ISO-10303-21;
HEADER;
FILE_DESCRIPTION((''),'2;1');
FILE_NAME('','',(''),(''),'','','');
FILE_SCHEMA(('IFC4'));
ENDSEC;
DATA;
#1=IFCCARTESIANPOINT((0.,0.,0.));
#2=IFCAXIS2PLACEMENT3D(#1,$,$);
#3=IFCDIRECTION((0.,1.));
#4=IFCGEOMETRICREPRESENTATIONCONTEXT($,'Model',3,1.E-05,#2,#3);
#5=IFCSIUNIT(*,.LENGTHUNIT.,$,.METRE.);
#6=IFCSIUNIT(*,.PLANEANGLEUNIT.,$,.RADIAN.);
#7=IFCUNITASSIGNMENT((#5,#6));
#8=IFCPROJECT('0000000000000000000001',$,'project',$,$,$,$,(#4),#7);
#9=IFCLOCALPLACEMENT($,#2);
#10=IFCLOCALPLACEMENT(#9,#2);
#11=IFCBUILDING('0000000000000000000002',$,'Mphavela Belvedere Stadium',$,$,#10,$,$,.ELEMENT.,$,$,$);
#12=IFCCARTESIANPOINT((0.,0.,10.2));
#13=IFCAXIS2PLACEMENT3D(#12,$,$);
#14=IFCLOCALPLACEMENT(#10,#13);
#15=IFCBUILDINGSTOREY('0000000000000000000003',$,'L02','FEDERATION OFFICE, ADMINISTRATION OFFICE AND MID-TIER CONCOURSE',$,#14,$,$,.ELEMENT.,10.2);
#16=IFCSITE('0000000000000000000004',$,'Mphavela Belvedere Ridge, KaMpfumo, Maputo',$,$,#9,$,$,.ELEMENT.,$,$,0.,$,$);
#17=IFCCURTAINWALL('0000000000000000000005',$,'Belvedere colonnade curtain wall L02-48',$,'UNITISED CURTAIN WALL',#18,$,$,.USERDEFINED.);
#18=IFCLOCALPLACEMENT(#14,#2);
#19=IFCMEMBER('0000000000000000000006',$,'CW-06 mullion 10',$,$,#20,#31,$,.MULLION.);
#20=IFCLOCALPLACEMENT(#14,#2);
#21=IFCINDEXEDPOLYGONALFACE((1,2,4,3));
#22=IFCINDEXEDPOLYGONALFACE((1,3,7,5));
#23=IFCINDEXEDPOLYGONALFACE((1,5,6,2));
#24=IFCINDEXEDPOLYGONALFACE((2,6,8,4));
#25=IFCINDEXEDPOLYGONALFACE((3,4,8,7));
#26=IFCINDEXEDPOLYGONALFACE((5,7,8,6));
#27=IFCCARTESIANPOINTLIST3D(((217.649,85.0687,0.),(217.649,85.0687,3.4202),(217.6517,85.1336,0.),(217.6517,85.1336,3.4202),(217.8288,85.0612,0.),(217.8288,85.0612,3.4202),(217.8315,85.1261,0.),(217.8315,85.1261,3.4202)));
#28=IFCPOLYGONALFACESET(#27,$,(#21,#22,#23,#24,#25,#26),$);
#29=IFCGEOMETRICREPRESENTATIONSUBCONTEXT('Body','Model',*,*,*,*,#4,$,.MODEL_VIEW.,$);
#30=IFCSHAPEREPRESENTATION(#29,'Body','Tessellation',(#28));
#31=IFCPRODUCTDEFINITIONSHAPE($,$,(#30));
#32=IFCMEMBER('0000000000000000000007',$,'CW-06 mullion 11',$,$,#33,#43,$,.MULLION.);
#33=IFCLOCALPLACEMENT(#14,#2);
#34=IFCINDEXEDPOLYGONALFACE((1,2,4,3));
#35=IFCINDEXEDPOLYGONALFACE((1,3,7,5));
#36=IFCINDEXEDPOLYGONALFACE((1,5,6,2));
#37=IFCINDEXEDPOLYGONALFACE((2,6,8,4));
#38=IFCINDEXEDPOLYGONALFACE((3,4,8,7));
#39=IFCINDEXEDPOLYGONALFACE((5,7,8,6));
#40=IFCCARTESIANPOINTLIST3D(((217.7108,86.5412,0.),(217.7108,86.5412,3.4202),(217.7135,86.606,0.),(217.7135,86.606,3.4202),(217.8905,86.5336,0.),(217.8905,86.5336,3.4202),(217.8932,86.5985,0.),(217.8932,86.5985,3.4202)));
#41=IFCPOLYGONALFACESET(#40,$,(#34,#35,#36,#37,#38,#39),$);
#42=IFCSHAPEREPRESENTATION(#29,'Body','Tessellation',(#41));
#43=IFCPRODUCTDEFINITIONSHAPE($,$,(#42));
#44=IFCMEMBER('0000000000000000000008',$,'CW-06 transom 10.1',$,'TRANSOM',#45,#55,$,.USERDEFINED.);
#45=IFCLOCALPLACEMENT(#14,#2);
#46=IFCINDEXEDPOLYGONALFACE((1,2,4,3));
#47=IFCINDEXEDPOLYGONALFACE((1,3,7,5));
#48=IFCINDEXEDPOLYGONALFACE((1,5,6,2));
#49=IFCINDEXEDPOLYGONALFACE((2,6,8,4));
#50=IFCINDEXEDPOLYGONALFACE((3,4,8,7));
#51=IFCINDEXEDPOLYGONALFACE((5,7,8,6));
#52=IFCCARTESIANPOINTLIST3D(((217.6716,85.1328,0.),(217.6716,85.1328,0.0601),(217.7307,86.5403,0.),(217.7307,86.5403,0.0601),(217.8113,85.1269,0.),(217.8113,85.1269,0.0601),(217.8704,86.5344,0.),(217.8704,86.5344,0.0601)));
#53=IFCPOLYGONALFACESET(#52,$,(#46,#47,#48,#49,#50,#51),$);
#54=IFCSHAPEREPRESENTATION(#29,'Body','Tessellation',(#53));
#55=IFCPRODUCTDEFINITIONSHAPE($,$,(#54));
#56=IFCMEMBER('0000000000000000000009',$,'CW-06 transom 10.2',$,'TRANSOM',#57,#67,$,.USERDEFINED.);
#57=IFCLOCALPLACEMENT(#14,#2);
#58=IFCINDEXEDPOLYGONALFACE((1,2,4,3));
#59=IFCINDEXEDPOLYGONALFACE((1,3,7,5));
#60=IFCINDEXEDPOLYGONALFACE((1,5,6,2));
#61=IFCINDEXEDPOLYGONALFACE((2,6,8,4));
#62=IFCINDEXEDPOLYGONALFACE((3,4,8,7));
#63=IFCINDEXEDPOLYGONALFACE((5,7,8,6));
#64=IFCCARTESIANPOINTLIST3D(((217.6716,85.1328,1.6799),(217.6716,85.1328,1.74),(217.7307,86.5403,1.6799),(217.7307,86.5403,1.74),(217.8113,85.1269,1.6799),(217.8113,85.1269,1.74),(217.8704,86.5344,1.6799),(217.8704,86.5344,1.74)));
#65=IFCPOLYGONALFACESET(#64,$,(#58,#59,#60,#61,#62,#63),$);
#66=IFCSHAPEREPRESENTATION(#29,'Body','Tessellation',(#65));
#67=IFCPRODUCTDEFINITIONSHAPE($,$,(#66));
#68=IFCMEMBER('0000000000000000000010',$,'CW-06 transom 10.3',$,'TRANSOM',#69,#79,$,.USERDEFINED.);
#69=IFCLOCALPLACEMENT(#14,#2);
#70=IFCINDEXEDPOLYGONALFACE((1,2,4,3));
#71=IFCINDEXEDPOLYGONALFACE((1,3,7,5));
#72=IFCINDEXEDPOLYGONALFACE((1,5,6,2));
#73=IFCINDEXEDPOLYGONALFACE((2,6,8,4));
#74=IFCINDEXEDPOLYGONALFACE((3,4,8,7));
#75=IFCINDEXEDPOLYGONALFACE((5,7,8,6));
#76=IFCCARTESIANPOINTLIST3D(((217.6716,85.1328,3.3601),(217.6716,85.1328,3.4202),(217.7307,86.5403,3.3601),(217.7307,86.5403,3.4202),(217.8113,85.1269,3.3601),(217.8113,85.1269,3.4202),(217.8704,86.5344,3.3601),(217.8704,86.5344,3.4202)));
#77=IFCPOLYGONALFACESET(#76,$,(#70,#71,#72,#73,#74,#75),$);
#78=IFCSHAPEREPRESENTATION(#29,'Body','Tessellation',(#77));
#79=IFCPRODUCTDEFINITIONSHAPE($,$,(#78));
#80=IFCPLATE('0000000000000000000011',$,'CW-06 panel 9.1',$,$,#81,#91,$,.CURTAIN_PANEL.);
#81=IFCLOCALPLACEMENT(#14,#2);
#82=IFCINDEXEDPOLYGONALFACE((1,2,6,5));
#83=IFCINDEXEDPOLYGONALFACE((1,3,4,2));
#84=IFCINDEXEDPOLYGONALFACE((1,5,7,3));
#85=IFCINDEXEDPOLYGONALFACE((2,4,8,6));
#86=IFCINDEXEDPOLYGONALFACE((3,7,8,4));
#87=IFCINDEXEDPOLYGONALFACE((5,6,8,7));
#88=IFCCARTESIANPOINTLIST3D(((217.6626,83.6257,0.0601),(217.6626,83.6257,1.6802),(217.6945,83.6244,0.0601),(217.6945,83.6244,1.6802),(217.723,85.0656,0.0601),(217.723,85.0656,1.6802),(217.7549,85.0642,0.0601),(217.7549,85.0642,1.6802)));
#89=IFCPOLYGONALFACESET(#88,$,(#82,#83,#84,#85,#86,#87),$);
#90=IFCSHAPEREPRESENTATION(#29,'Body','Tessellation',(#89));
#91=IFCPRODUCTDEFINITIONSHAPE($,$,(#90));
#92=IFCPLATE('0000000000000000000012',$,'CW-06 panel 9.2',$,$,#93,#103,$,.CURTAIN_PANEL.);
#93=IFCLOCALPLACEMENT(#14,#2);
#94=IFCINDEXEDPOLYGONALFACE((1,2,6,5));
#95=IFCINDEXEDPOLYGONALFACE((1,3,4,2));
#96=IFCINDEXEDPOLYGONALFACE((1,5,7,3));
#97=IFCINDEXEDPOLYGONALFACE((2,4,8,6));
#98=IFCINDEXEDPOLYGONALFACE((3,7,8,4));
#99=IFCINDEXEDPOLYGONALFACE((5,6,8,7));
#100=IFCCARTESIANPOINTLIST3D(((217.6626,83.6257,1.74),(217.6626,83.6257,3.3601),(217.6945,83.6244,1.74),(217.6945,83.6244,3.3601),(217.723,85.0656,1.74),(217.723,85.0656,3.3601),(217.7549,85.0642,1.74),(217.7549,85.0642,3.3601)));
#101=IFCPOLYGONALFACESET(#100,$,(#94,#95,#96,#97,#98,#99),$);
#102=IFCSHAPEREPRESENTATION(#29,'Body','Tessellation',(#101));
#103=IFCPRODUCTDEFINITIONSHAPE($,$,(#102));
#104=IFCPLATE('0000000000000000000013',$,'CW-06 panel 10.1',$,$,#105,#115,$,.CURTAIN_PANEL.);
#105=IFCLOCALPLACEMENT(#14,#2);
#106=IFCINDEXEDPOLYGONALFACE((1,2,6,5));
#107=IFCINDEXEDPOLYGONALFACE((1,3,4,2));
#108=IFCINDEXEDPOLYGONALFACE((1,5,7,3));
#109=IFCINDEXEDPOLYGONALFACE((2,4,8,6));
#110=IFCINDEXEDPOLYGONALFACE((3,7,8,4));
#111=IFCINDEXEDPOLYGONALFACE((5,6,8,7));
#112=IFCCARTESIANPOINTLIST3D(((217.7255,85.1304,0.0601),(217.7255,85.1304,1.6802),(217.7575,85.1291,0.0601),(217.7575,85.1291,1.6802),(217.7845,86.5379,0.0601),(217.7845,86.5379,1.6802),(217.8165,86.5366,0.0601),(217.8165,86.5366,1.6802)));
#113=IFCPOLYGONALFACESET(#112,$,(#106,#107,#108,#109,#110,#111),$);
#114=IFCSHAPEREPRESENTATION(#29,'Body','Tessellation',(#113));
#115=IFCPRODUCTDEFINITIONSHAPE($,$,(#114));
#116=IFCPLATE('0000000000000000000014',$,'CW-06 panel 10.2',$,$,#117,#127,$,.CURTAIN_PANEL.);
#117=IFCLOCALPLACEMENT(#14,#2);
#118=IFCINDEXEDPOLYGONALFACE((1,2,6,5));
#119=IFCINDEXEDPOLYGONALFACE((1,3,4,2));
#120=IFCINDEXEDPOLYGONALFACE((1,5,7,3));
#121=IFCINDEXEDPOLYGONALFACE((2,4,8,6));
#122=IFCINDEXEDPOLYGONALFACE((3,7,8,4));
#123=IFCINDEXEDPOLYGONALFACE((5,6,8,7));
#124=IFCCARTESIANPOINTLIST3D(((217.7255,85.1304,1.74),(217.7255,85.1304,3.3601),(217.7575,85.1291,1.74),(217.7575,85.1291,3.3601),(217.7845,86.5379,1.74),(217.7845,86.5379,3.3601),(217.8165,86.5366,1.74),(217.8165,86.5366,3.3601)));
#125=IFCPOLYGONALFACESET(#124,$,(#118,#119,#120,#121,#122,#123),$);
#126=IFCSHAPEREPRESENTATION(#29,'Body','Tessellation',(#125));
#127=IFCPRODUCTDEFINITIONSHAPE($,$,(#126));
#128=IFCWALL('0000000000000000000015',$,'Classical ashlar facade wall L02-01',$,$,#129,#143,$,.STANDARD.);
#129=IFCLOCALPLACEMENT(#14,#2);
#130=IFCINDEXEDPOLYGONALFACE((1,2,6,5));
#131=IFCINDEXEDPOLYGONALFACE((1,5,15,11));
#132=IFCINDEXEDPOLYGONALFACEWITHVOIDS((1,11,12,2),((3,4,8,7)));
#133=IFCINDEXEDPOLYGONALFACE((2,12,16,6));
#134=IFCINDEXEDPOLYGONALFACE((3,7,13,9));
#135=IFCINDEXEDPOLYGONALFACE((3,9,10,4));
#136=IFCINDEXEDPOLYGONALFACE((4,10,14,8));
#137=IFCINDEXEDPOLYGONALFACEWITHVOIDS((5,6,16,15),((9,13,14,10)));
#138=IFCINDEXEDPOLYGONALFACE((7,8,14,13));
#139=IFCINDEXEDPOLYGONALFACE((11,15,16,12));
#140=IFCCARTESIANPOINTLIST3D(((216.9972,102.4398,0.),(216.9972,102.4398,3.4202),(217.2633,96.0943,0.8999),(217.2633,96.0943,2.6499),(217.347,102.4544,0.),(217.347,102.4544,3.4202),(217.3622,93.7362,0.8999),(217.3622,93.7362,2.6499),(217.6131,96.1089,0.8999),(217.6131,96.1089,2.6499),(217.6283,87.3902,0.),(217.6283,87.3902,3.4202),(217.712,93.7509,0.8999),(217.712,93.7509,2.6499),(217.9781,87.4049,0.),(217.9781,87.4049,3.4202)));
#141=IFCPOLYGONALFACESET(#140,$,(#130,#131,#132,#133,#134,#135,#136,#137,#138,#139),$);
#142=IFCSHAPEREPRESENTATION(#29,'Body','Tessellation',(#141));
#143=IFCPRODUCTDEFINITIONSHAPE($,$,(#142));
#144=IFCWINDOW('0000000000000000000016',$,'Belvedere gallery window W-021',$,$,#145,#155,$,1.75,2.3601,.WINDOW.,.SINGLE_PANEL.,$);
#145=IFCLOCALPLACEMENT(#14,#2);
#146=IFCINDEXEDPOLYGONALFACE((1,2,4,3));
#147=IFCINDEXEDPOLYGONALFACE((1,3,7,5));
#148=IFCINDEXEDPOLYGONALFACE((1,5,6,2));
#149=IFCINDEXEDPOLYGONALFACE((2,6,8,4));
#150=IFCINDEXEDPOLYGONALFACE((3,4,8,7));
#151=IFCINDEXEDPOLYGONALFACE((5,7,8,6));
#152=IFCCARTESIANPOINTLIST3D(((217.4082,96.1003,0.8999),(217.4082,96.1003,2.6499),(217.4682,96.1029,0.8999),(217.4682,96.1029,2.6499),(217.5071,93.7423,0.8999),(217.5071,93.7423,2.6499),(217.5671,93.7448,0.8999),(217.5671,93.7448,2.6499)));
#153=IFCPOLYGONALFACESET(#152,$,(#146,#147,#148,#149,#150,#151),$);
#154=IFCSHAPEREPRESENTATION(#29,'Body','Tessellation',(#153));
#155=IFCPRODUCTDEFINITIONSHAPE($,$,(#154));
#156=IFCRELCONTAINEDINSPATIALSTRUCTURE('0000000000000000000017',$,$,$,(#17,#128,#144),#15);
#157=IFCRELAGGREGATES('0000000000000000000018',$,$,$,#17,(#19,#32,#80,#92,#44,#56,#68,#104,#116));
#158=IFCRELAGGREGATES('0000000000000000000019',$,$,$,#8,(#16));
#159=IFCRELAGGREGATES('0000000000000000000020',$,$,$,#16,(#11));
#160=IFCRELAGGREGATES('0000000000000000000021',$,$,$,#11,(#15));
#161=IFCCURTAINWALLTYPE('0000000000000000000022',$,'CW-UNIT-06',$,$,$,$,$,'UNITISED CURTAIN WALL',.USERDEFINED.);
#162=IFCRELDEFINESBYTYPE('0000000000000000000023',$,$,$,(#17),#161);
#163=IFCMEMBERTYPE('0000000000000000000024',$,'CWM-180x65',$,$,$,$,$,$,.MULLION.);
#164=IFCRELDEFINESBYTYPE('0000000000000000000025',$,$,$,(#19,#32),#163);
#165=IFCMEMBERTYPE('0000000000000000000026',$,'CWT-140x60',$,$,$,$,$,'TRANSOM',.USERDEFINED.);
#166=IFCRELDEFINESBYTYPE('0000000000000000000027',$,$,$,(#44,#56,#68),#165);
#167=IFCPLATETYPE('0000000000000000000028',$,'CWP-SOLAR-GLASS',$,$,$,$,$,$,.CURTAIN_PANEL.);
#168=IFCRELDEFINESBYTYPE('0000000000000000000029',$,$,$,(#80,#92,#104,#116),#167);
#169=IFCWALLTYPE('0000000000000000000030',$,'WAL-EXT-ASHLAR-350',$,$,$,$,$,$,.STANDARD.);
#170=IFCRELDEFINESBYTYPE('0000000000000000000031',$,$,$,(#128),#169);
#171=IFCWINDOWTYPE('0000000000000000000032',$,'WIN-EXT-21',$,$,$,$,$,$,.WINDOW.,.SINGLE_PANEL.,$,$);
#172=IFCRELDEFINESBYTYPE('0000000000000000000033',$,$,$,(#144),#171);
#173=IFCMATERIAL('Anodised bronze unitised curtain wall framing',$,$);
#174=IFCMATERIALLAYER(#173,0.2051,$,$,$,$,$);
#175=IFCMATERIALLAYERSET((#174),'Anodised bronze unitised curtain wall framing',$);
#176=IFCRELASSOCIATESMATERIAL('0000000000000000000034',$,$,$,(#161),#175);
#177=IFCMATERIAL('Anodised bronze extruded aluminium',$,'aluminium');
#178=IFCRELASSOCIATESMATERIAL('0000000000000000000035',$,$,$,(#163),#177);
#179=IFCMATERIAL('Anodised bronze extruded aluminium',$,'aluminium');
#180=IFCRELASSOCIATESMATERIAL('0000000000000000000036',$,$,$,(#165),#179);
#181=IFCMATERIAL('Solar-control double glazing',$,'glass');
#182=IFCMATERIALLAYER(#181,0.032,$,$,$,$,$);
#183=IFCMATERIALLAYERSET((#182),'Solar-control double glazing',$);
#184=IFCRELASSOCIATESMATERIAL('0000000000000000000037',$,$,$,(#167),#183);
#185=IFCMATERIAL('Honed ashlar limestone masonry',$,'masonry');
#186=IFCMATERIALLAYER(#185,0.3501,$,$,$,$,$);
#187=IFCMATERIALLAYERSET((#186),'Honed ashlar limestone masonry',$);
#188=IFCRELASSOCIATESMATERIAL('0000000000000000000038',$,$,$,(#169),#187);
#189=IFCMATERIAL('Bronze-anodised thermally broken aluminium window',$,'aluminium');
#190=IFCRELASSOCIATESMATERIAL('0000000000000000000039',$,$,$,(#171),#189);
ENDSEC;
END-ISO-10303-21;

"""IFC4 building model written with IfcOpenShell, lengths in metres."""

from ifc_helpers import new_model, si_unit, direction, frame, frame_2d, origin, origin_2d, place, context, subcontext, project, spatial, rectangle, extrude, material, layer, layer_set, material_profile, profile_set, type_object, element, fill, aggregate, save


model = new_model("IFC4")

# Units and contexts
model_context = context("Model", 3, precision=1e-05, world=origin(), true_north=direction((0.0, 1.0)))
body_context = subcontext(model_context, "Body", "Model", "MODEL_VIEW")
ifc_project = project(units=[si_unit("LENGTHUNIT", "METRE"), si_unit("PLANEANGLEUNIT", "RADIAN")], contexts=[model_context])

# Site, building, storey
site_placement = place(None, origin())
site = spatial("IfcSite", under=ifc_project, at=site_placement, Name="Mphavela Belvedere Ridge, KaMpfumo, Maputo", CompositionType="ELEMENT", RefElevation=0.0)
building_placement = place(site_placement, origin())
building = spatial("IfcBuilding", under=site, at=building_placement, Name="Mphavela Belvedere Stadium", CompositionType="ELEMENT")
storey_placement = place(building_placement, frame((0.0, 0.0, 10.2)))
storey = spatial("IfcBuildingStorey", under=building, at=storey_placement, Name="L02", Description="FEDERATION OFFICE, ADMINISTRATION OFFICE AND MID-TIER CONCOURSE", CompositionType="ELEMENT", Elevation=10.2)

# Curtain wall, members, plates
ifc_material_1 = material(Name="Anodised bronze unitised curtain wall framing")
ifc_layer_1 = layer(ifc_material_1, 0.2051)
ifc_layer_set_1 = layer_set([ifc_layer_1], Name="Anodised bronze unitised curtain wall framing")
curtain_wall_type = type_object("IfcCurtainWallType", Name="CW-UNIT-06", ElementType="UNITISED CURTAIN WALL", PredefinedType="USERDEFINED", material=ifc_layer_set_1)
curtain_wall_placement = place(storey_placement, origin())
curtain_wall = element("IfcCurtainWall", 1, at=curtain_wall_placement, inside=storey, type_object=curtain_wall_type, Name="Belvedere colonnade curtain wall L02-48", ObjectType="UNITISED CURTAIN WALL", PredefinedType="USERDEFINED")
ifc_material_2 = material(Name="Anodised bronze extruded aluminium", Category="aluminium")
ifc_material_profile_1 = material_profile(ifc_material_2, rectangle(XDim=0.1799, YDim=0.0649, at=origin_2d()), Name="CW-MUL 180x65")
ifc_profile_set_1 = profile_set([ifc_material_profile_1], Name="Anodised bronze extruded aluminium")
member_type_1 = type_object("IfcMemberType", Name="CWM-180x65", PredefinedType="MULLION", material=ifc_profile_set_1)
member_1_placement = place(storey_placement, frame((217.7402, 85.0974, 0.0), z_axis=(0.0, 0.0, 1.0), x_axis=(-0.999122, 0.041904, 0.0)))
member_1 = element("IfcMember", 2, at=member_1_placement, type_object=member_type_1, Name="CW-06 mullion 10", PredefinedType="MULLION", context=body_context, shape_type="SweptSolid", body=[
    extrude(rectangle(XDim=0.1799, YDim=0.0649, at=origin_2d()), origin(), (0.0, 0.0, 1.0), 3.4202),
])
member_2_placement = place(storey_placement, frame((217.802, 86.5698, 0.0), z_axis=(0.0, 0.0, 1.0), x_axis=(-0.999122, 0.041904, 0.0)))
member_2 = element("IfcMember", 3, at=member_2_placement, type_object=member_type_1, Name="CW-06 mullion 11", PredefinedType="MULLION", context=body_context, shape_type="SweptSolid", body=[
    extrude(rectangle(XDim=0.1799, YDim=0.0649, at=origin_2d()), origin(), (0.0, 0.0, 1.0), 3.4202),
])
ifc_material_3 = material(Name="Anodised bronze extruded aluminium", Category="aluminium")
ifc_material_profile_2 = material_profile(ifc_material_3, rectangle(XDim=0.1399, YDim=0.0601, at=origin_2d()), Name="CW-TRN 140x60")
ifc_profile_set_2 = profile_set([ifc_material_profile_2], Name="Anodised bronze extruded aluminium")
member_type_2 = type_object("IfcMemberType", Name="CWT-140x60", ElementType="TRANSOM", PredefinedType="USERDEFINED", material=ifc_profile_set_2)
member_3_placement = place(storey_placement, frame((217.7415, 85.1299, 0.03), z_axis=(0.041941, 0.99912, 0.0), x_axis=(-0.99912, 0.041941, 0.0)))
member_3 = element("IfcMember", 4, at=member_3_placement, type_object=member_type_2, Name="CW-06 transom 10.1", ObjectType="TRANSOM", PredefinedType="USERDEFINED", context=body_context, shape_type="SweptSolid", body=[
    extrude(rectangle(XDim=0.1399, YDim=0.0601, at=origin_2d()), origin(), (0.0, 0.0, 1.0), 1.4087),
])
member_4_placement = place(storey_placement, frame((217.7415, 85.1299, 1.71), z_axis=(0.041941, 0.99912, 0.0), x_axis=(-0.99912, 0.041941, 0.0)))
member_4 = element("IfcMember", 5, at=member_4_placement, type_object=member_type_2, Name="CW-06 transom 10.2", ObjectType="TRANSOM", PredefinedType="USERDEFINED", context=body_context, shape_type="SweptSolid", body=[
    extrude(rectangle(XDim=0.1399, YDim=0.0601, at=origin_2d()), origin(), (0.0, 0.0, 1.0), 1.4087),
])
member_5_placement = place(storey_placement, frame((217.7415, 85.1299, 3.3901), z_axis=(0.041941, 0.99912, 0.0), x_axis=(-0.99912, 0.041941, 0.0)))
member_5 = element("IfcMember", 6, at=member_5_placement, type_object=member_type_2, Name="CW-06 transom 10.3", ObjectType="TRANSOM", PredefinedType="USERDEFINED", context=body_context, shape_type="SweptSolid", body=[
    extrude(rectangle(XDim=0.1399, YDim=0.0601, at=origin_2d()), origin(), (0.0, 0.0, 1.0), 1.4087),
])
ifc_material_4 = material(Name="Solar-control double glazing", Category="glass")
ifc_layer_2 = layer(ifc_material_4, 0.032)
ifc_layer_set_2 = layer_set([ifc_layer_2], Name="Solar-control double glazing")
plate_type = type_object("IfcPlateType", Name="CWP-SOLAR-GLASS", PredefinedType="CURTAIN_PANEL", material=ifc_layer_set_2)
plate_1_placement = place(storey_placement, frame((217.7087, 84.345, 0.0601), z_axis=(0.0, 0.0, 1.0), x_axis=(0.041904, 0.999122, 0.0)))
plate_1 = element("IfcPlate", 7, at=plate_1_placement, type_object=plate_type, Name="CW-06 panel 9.1", PredefinedType="CURTAIN_PANEL", context=body_context, shape_type="SweptSolid", body=[
    extrude(rectangle(XDim=1.4412, YDim=0.032, at=origin_2d()), origin(), (0.0, 0.0, 1.0), 1.6201),
])
plate_2_placement = place(storey_placement, frame((217.7087, 84.345, 1.74), z_axis=(0.0, 0.0, 1.0), x_axis=(0.041904, 0.999122, 0.0)))
plate_2 = element("IfcPlate", 8, at=plate_2_placement, type_object=plate_type, Name="CW-06 panel 9.2", PredefinedType="CURTAIN_PANEL", context=body_context, shape_type="SweptSolid", body=[
    extrude(rectangle(XDim=1.4412, YDim=0.032, at=origin_2d()), origin(), (0.0, 0.0, 1.0), 1.6201),
])
plate_3_placement = place(storey_placement, frame((217.771, 85.8335, 0.0601), z_axis=(0.0, 0.0, 1.0), x_axis=(0.041904, 0.999122, 0.0)))
plate_3 = element("IfcPlate", 9, at=plate_3_placement, type_object=plate_type, Name="CW-06 panel 10.1", PredefinedType="CURTAIN_PANEL", context=body_context, shape_type="SweptSolid", body=[
    extrude(rectangle(XDim=1.4087, YDim=0.032, at=origin_2d()), origin(), (0.0, 0.0, 1.0), 1.6201),
])
plate_4_placement = place(storey_placement, frame((217.771, 85.8335, 1.74), z_axis=(0.0, 0.0, 1.0), x_axis=(0.041904, 0.999122, 0.0)))
plate_4 = element("IfcPlate", 10, at=plate_4_placement, type_object=plate_type, Name="CW-06 panel 10.2", PredefinedType="CURTAIN_PANEL", context=body_context, shape_type="SweptSolid", body=[
    extrude(rectangle(XDim=1.4087, YDim=0.032, at=origin_2d()), origin(), (0.0, 0.0, 1.0), 1.6201),
])
aggregate(curtain_wall, [member_1, member_2, plate_1, plate_2, member_3, member_4, member_5, plate_3, plate_4])

# Wall, opening, window
ifc_material_5 = material(Name="Honed ashlar limestone masonry", Category="masonry")
ifc_layer_3 = layer(ifc_material_5, 0.3501)
ifc_layer_set_3 = layer_set([ifc_layer_3], Name="Honed ashlar limestone masonry")
wall_type_1 = type_object("IfcWallType", Name="WAL-EXT-ASHLAR-350", PredefinedType="STANDARD", material=ifc_layer_set_3)
wall_1_placement = place(storey_placement, frame((217.8032, 87.3977, 0.0), z_axis=(0.0, 0.0, 1.0), x_axis=(-0.041898, 0.999122, 0.0)))
wall_1 = element("IfcWall", 11, at=wall_1_placement, inside=storey, type_object=wall_type_1, Name="Classical ashlar facade wall L02-01", PredefinedType="STANDARD", context=body_context, shape_type="SweptSolid", body=[
    extrude(rectangle(XDim=15.0627, YDim=0.3501, at=frame_2d((7.5312, 0.0))), origin(), (0.0, 0.0, 1.0), 3.4202),
])
opening_1_placement = place(wall_1_placement, frame((6.3513, 0.0, 0.8999)))
opening_1 = element("IfcOpeningElement", 12, at=opening_1_placement, cuts=wall_1, PredefinedType="OPENING", context=body_context, shape_type="SweptSolid", body=[
    extrude(rectangle(XDim=2.3601, YDim=1.75, at=frame_2d((1.1802, 0.875))), frame((0.0, 0.1851, 0.0), z_axis=(0.0, -1.0, 0.0), x_axis=(1.0, 0.0, 0.0)), (0.0, 0.0, 1.0), 0.3701),
])
ifc_material_6 = material(Name="Bronze-anodised thermally broken aluminium window", Category="aluminium")
window_type_1 = type_object("IfcWindowType", Name="WIN-EXT-21", PartitioningType="SINGLE_PANEL", PredefinedType="WINDOW", material=ifc_material_6)
window_1_placement = place(opening_1_placement, origin())
window_1 = element("IfcWindow", 13, at=window_1_placement, inside=storey, type_object=window_type_1, Name="Belvedere gallery window W-021", OverallHeight=1.75, OverallWidth=2.3601, PartitioningType="SINGLE_PANEL", PredefinedType="WINDOW", context=body_context, shape_type="SweptSolid", body=[
    extrude(rectangle(XDim=2.3601, YDim=1.75, at=frame_2d((1.1802, 0.875))), frame((0.0, 0.03, 0.0), z_axis=(0.0, -1.0, 0.0), x_axis=(1.0, 0.0, 0.0)), (0.0, 0.0, 1.0), 0.0601),
])
fill(opening_1, window_1)

save(model, "model.ifc")
